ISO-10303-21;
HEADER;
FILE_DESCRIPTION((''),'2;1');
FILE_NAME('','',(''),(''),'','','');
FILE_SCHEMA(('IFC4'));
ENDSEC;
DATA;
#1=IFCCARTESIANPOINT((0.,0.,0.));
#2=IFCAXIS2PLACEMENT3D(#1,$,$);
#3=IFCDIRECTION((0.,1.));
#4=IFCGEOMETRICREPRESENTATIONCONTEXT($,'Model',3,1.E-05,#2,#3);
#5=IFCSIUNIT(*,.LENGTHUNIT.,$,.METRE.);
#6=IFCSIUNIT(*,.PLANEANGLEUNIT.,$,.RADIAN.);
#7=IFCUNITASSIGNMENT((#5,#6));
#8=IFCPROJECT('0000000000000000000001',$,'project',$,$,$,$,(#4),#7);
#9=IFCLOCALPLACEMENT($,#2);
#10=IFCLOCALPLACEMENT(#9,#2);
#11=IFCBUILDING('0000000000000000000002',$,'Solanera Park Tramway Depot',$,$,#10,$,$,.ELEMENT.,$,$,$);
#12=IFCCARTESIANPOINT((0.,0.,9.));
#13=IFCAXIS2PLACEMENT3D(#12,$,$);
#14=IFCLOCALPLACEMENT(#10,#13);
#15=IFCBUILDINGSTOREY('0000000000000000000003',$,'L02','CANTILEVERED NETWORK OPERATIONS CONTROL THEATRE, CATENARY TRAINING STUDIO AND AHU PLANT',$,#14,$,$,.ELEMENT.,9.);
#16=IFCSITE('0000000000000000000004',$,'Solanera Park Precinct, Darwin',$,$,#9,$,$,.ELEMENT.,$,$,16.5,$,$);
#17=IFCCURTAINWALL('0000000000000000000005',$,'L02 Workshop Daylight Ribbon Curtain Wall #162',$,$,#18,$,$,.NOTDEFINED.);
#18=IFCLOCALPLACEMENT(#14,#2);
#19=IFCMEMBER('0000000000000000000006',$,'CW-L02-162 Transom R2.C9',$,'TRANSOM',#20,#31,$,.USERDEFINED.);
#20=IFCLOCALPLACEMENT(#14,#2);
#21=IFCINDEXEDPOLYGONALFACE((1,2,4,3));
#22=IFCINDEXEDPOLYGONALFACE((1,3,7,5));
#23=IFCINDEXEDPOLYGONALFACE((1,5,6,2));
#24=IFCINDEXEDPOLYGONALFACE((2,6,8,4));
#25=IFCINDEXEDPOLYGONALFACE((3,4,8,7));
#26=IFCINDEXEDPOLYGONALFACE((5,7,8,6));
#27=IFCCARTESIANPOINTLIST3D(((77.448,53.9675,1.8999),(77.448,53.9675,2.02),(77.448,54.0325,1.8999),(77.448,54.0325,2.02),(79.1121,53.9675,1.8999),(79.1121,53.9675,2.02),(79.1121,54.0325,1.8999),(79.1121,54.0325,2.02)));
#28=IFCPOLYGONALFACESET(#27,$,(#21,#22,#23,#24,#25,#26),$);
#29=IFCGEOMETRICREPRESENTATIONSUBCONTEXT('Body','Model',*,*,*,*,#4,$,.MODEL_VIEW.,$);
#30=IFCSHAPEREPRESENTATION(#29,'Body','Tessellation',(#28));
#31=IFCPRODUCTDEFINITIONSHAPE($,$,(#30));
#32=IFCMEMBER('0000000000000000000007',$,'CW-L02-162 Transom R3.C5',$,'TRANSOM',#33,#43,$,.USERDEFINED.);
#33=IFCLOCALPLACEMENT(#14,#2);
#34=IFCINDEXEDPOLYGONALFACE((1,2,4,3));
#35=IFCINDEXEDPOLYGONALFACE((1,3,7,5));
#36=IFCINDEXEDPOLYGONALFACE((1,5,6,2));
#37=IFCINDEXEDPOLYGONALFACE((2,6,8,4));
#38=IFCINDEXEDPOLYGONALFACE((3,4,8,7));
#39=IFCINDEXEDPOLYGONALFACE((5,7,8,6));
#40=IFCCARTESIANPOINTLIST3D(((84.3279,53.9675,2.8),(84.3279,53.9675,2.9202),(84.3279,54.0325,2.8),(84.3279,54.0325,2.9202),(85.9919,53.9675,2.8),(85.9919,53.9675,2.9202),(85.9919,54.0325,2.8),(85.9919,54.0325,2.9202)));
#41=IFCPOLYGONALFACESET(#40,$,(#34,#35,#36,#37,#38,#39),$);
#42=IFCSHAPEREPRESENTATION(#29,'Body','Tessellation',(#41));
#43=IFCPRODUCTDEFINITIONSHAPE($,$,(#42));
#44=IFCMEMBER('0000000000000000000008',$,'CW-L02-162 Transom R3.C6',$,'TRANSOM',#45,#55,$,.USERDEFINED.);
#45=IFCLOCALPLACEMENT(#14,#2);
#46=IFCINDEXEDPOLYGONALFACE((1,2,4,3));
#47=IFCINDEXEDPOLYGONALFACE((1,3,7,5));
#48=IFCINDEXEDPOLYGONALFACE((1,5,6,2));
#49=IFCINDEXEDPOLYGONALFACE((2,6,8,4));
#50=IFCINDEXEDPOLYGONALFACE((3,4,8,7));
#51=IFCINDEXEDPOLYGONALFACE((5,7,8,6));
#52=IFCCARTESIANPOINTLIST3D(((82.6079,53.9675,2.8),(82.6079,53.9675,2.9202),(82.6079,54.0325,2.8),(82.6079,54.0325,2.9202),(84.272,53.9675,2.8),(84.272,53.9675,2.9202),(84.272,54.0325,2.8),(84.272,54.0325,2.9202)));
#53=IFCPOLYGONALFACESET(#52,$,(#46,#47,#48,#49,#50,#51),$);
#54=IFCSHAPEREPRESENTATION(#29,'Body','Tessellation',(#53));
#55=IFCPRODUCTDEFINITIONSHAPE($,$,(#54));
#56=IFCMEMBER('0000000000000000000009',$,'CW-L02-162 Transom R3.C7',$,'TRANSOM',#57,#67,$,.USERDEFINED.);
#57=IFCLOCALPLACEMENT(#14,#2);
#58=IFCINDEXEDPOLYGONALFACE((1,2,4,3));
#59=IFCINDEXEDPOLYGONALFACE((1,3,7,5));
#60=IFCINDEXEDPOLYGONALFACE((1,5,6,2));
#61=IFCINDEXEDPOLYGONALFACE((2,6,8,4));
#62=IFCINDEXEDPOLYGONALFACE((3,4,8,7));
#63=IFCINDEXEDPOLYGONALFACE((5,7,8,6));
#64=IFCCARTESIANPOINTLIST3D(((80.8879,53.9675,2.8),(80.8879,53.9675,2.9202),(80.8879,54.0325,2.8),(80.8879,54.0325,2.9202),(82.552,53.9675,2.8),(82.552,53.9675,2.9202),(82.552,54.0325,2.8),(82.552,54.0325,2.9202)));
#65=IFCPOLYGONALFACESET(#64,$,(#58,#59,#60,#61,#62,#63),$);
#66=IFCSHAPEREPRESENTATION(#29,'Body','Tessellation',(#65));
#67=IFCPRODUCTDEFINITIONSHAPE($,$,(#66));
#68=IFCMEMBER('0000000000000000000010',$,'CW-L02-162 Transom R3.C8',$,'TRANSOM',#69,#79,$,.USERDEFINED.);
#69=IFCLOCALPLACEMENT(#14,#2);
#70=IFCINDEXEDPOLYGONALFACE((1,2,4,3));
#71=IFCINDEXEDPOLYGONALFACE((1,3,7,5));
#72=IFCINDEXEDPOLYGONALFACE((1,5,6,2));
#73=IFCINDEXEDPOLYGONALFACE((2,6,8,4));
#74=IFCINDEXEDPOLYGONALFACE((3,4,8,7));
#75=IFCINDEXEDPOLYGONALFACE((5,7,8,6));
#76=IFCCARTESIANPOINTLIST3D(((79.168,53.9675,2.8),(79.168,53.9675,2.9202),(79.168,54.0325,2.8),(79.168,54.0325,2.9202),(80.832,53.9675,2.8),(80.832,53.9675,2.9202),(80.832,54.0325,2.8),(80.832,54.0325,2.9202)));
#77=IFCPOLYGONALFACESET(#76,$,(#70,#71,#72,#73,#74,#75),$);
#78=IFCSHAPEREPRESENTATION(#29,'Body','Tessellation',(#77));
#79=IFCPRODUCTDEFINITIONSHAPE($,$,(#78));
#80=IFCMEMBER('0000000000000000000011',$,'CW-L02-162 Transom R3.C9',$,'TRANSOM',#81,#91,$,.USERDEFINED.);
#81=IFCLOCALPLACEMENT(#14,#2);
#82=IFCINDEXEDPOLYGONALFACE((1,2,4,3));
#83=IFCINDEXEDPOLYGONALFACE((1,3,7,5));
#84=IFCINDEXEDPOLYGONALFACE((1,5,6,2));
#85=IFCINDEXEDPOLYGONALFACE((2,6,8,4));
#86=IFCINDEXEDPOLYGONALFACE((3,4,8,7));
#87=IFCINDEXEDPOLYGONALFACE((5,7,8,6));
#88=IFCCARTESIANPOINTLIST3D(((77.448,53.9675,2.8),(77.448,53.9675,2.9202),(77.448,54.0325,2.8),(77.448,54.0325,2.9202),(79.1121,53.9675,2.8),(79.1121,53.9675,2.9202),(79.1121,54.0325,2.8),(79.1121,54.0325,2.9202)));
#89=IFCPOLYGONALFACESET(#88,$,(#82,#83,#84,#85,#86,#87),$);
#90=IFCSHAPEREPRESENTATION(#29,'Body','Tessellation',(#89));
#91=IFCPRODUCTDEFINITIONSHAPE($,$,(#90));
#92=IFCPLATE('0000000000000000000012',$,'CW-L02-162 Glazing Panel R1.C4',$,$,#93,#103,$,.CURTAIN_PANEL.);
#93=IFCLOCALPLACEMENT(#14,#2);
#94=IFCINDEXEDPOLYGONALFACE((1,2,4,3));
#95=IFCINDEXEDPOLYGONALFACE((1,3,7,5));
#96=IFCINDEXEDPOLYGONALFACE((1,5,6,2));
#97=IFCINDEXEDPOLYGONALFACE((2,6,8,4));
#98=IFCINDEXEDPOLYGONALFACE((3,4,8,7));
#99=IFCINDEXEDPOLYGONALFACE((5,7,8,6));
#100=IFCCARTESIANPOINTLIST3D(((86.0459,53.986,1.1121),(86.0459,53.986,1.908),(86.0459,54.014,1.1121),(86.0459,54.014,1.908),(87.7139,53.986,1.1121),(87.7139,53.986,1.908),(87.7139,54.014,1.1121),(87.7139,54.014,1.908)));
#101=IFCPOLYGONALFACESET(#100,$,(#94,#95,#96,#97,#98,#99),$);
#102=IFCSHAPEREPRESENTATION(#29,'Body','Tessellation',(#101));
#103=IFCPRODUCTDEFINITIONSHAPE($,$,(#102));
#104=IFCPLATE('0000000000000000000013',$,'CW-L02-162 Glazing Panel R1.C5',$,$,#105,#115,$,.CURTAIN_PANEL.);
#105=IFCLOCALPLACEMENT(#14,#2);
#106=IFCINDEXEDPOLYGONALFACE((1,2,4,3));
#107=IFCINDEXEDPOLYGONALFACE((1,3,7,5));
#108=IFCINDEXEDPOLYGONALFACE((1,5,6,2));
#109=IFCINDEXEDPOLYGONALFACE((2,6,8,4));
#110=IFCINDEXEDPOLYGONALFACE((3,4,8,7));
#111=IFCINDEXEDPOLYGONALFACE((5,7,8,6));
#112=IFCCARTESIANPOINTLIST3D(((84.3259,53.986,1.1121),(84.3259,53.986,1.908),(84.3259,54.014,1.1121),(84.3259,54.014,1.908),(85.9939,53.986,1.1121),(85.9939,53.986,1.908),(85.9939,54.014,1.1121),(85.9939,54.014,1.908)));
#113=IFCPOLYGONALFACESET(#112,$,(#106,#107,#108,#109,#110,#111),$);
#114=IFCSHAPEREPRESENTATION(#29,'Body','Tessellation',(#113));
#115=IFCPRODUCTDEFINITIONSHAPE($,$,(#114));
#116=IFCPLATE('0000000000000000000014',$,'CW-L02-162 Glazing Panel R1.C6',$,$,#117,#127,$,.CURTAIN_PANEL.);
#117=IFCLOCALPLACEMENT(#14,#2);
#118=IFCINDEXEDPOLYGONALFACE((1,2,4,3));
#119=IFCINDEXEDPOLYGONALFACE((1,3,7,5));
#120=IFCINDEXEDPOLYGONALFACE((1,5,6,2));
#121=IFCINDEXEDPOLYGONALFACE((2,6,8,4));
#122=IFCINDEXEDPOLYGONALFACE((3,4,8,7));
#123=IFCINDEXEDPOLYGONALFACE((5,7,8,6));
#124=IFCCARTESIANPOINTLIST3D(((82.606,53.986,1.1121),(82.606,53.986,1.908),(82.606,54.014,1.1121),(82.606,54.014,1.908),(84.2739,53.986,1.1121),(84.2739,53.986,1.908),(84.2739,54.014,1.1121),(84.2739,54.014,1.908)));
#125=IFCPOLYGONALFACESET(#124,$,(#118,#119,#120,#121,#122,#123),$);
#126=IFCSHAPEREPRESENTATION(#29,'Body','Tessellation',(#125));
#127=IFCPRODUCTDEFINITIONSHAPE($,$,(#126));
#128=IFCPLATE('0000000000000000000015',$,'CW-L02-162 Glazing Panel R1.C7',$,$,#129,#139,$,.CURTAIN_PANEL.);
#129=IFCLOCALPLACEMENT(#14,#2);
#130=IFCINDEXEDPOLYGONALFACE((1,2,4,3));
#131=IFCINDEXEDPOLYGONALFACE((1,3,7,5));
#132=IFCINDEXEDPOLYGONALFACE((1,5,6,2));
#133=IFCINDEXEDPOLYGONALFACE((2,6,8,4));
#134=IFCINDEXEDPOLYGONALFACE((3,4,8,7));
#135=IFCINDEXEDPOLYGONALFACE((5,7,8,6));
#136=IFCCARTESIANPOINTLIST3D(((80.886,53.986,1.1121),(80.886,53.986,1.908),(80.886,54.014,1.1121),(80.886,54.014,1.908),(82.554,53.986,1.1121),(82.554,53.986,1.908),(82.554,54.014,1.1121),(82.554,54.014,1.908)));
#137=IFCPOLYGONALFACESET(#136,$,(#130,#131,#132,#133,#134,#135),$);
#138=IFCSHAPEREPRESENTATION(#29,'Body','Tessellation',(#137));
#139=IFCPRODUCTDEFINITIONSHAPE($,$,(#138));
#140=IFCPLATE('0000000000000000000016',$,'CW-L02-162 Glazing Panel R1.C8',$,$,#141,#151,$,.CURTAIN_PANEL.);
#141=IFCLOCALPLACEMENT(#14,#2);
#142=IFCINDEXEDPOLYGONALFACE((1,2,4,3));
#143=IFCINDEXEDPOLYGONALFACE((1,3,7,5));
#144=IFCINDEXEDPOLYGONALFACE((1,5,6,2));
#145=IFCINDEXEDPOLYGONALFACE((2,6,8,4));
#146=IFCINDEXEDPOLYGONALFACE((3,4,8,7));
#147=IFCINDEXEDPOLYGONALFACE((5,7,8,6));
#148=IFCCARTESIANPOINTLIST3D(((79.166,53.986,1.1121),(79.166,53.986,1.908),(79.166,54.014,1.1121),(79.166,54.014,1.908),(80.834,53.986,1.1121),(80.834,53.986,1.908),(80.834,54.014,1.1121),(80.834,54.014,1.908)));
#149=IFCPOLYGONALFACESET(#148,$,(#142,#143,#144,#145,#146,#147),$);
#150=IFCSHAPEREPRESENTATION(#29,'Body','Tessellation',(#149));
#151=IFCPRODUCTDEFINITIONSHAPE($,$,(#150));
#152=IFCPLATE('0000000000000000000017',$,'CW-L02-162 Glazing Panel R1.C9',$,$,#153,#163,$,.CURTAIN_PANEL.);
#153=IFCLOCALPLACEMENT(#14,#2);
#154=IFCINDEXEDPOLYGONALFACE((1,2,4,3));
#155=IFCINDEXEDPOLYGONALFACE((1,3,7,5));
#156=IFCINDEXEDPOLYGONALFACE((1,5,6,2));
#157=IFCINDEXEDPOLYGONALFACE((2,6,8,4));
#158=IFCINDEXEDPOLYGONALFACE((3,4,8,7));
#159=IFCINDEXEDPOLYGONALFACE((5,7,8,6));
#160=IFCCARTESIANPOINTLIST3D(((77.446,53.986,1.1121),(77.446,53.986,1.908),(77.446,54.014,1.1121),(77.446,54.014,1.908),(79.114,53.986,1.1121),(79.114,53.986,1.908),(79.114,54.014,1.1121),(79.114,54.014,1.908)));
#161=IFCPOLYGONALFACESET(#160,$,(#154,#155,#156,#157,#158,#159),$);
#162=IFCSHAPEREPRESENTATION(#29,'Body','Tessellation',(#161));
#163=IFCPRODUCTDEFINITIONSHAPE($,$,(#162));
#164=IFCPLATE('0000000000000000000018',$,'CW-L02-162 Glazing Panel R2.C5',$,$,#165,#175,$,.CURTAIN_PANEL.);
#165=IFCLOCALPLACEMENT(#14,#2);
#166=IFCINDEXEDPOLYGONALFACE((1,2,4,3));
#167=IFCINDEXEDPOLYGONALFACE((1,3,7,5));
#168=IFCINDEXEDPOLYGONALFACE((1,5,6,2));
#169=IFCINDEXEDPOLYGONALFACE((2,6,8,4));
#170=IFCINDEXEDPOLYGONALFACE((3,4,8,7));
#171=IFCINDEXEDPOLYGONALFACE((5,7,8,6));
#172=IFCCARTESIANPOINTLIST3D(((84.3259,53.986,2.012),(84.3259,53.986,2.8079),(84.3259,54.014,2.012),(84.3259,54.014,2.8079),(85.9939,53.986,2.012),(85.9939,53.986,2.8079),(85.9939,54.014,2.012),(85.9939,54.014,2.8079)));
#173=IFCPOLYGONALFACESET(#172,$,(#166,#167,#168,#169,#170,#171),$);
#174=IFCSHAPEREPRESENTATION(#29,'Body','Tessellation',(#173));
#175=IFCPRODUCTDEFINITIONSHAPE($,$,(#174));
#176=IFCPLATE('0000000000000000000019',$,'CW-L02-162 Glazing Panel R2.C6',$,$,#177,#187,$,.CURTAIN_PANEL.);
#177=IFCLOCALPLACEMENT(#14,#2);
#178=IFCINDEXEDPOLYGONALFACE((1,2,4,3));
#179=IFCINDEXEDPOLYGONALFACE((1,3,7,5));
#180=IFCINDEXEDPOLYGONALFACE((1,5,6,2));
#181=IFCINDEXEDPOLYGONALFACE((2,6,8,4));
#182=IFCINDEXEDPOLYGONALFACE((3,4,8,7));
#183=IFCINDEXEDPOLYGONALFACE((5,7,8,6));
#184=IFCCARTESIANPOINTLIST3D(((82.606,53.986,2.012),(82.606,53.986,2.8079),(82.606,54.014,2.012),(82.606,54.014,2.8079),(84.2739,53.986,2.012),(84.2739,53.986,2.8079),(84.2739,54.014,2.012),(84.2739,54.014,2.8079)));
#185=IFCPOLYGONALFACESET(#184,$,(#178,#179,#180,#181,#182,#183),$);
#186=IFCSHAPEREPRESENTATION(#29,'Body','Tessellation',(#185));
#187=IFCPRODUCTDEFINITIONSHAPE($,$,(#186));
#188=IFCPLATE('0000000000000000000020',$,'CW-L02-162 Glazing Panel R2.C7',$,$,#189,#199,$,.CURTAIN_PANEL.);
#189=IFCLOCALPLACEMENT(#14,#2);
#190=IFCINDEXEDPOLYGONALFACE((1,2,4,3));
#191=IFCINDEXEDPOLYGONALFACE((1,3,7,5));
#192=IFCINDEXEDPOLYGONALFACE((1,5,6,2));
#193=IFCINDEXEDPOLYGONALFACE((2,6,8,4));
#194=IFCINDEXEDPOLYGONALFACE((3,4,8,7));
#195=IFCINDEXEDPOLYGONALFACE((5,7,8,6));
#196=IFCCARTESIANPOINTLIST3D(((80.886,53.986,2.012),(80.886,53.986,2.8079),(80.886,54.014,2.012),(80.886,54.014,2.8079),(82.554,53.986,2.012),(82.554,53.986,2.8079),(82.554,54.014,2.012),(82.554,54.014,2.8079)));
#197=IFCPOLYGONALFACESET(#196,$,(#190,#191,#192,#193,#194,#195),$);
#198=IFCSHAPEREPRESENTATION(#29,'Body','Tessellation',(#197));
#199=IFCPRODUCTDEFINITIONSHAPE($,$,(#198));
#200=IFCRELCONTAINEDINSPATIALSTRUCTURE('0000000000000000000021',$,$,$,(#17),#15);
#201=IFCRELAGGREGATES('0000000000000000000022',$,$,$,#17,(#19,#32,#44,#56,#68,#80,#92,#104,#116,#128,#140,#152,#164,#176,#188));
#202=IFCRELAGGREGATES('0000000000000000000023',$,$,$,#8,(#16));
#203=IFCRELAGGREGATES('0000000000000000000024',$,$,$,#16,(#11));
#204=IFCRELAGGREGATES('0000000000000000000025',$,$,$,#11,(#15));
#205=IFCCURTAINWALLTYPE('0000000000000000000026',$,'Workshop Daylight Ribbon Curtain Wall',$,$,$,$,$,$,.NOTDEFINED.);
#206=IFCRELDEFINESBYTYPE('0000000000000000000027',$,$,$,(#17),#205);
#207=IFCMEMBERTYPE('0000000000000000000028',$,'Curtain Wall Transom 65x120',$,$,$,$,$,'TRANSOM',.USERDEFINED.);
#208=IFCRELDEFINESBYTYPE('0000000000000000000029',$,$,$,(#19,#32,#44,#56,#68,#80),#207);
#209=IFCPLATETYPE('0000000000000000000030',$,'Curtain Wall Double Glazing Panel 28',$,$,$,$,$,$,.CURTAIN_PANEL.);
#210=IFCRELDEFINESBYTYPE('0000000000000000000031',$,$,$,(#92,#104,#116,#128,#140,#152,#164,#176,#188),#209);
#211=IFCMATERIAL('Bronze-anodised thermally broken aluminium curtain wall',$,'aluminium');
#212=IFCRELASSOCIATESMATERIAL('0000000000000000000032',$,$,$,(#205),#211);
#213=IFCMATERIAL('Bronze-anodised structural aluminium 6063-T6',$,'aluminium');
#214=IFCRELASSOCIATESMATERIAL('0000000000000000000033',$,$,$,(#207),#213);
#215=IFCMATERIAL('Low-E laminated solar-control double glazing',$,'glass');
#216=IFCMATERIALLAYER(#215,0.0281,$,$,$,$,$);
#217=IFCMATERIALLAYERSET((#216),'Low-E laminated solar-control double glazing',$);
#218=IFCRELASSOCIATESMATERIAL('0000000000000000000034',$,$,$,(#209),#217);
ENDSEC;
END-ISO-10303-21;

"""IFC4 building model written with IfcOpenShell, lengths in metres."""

from ifc_helpers import new_model, si_unit, direction, frame, origin, origin_2d, place, context, subcontext, project, spatial, rectangle, extrude, material, layer, layer_set, material_profile, profile_set, type_object, element, aggregate, save


model = new_model("IFC4")

# Units and contexts
model_context = context("Model", 3, precision=1e-05, world=origin(), true_north=direction((0.0, 1.0)))
body_context = subcontext(model_context, "Body", "Model", "MODEL_VIEW")
ifc_project = project(units=[si_unit("LENGTHUNIT", "METRE"), si_unit("PLANEANGLEUNIT", "RADIAN")], contexts=[model_context])

# Site, building, storey
site_placement = place(None, origin())
site = spatial("IfcSite", under=ifc_project, at=site_placement, Name="Solanera Park Precinct, Darwin", CompositionType="ELEMENT", RefElevation=16.5)
building_placement = place(site_placement, origin())
building = spatial("IfcBuilding", under=site, at=building_placement, Name="Solanera Park Tramway Depot", CompositionType="ELEMENT")
storey_placement = place(building_placement, frame((0.0, 0.0, 9.0)))
storey = spatial("IfcBuildingStorey", under=building, at=storey_placement, Name="L02", Description="CANTILEVERED NETWORK OPERATIONS CONTROL THEATRE, CATENARY TRAINING STUDIO AND AHU PLANT", CompositionType="ELEMENT", Elevation=9.0)

# Curtain wall, members, plates
ifc_material_1 = material(Name="Bronze-anodised thermally broken aluminium curtain wall", Category="aluminium")
curtain_wall_type = type_object("IfcCurtainWallType", Name="Workshop Daylight Ribbon Curtain Wall", PredefinedType="NOTDEFINED", material=ifc_material_1)
curtain_wall_placement = place(storey_placement, origin())
curtain_wall = element("IfcCurtainWall", 1, at=curtain_wall_placement, inside=storey, type_object=curtain_wall_type, Name="L02 Workshop Daylight Ribbon Curtain Wall #162", PredefinedType="NOTDEFINED")
ifc_material_2 = material(Name="Bronze-anodised structural aluminium 6063-T6", Category="aluminium")
ifc_material_profile_1 = material_profile(ifc_material_2, rectangle(XDim=0.0649, YDim=0.1201, at=origin_2d()), Name="Curtain Wall Transom 65x120")
ifc_profile_set_1 = profile_set([ifc_material_profile_1], Name="Bronze-anodised structural aluminium 6063-T6")
member_type_1 = type_object("IfcMemberType", Name="Curtain Wall Transom 65x120", ElementType="TRANSOM", PredefinedType="USERDEFINED", material=ifc_profile_set_1)
member_1_placement = place(storey_placement, frame((79.1121, 54.0, 1.96), z_axis=(-1.0, 0.0, 0.0), x_axis=(0.0, -1.0, 0.0)))
member_1 = element("IfcMember", 2, at=member_1_placement, type_object=member_type_1, Name="CW-L02-162 Transom R2.C9", ObjectType="TRANSOM", PredefinedType="USERDEFINED", context=body_context, shape_type="SweptSolid", body=[
    extrude(rectangle(XDim=0.0649, YDim=0.1201, at=origin_2d()), origin(), (0.0, 0.0, 1.0), 1.6641),
])
member_2_placement = place(storey_placement, frame((85.9919, 54.0, 2.8601), z_axis=(-1.0, 0.0, 0.0), x_axis=(0.0, -1.0, 0.0)))
member_2 = element("IfcMember", 3, at=member_2_placement, type_object=member_type_1, Name="CW-L02-162 Transom R3.C5", ObjectType="TRANSOM", PredefinedType="USERDEFINED", context=body_context, shape_type="SweptSolid", body=[
    extrude(rectangle(XDim=0.0649, YDim=0.1201, at=origin_2d()), origin(), (0.0, 0.0, 1.0), 1.6641),
])
member_3_placement = place(storey_placement, frame((84.272, 54.0, 2.8601), z_axis=(-1.0, 0.0, 0.0), x_axis=(0.0, -1.0, 0.0)))
member_3 = element("IfcMember", 4, at=member_3_placement, type_object=member_type_1, Name="CW-L02-162 Transom R3.C6", ObjectType="TRANSOM", PredefinedType="USERDEFINED", context=body_context, shape_type="SweptSolid", body=[
    extrude(rectangle(XDim=0.0649, YDim=0.1201, at=origin_2d()), origin(), (0.0, 0.0, 1.0), 1.6641),
])
member_4_placement = place(storey_placement, frame((82.552, 54.0, 2.8601), z_axis=(-1.0, 0.0, 0.0), x_axis=(0.0, -1.0, 0.0)))
member_4 = element("IfcMember", 5, at=member_4_placement, type_object=member_type_1, Name="CW-L02-162 Transom R3.C7", ObjectType="TRANSOM", PredefinedType="USERDEFINED", context=body_context, shape_type="SweptSolid", body=[
    extrude(rectangle(XDim=0.0649, YDim=0.1201, at=origin_2d()), origin(), (0.0, 0.0, 1.0), 1.6641),
])
member_5_placement = place(storey_placement, frame((80.832, 54.0, 2.8601), z_axis=(-1.0, 0.0, 0.0), x_axis=(0.0, -1.0, 0.0)))
member_5 = element("IfcMember", 6, at=member_5_placement, type_object=member_type_1, Name="CW-L02-162 Transom R3.C8", ObjectType="TRANSOM", PredefinedType="USERDEFINED", context=body_context, shape_type="SweptSolid", body=[
    extrude(rectangle(XDim=0.0649, YDim=0.1201, at=origin_2d()), origin(), (0.0, 0.0, 1.0), 1.6641),
])
member_6_placement = place(storey_placement, frame((79.1121, 54.0, 2.8601), z_axis=(-1.0, 0.0, 0.0), x_axis=(0.0, -1.0, 0.0)))
member_6 = element("IfcMember", 7, at=member_6_placement, type_object=member_type_1, Name="CW-L02-162 Transom R3.C9", ObjectType="TRANSOM", PredefinedType="USERDEFINED", context=body_context, shape_type="SweptSolid", body=[
    extrude(rectangle(XDim=0.0649, YDim=0.1201, at=origin_2d()), origin(), (0.0, 0.0, 1.0), 1.6641),
])
ifc_material_3 = material(Name="Low-E laminated solar-control double glazing", Category="glass")
ifc_layer = layer(ifc_material_3, 0.0281)
ifc_layer_set = layer_set([ifc_layer], Name="Low-E laminated solar-control double glazing")
plate_type = type_object("IfcPlateType", Name="Curtain Wall Double Glazing Panel 28", PredefinedType="CURTAIN_PANEL", material=ifc_layer_set)
plate_1_placement = place(storey_placement, frame((86.8799, 54.0, 1.1121), z_axis=(0.0, 0.0, 1.0), x_axis=(-1.0, 0.0, 0.0)))
plate_1 = element("IfcPlate", 8, at=plate_1_placement, type_object=plate_type, Name="CW-L02-162 Glazing Panel R1.C4", PredefinedType="CURTAIN_PANEL", context=body_context, shape_type="SweptSolid", body=[
    extrude(rectangle(XDim=1.668, YDim=0.0281, at=origin_2d()), origin(), (0.0, 0.0, 1.0), 0.7959),
])
plate_2_placement = place(storey_placement, frame((85.1599, 54.0, 1.1121), z_axis=(0.0, 0.0, 1.0), x_axis=(-1.0, 0.0, 0.0)))
plate_2 = element("IfcPlate", 9, at=plate_2_placement, type_object=plate_type, Name="CW-L02-162 Glazing Panel R1.C5", PredefinedType="CURTAIN_PANEL", context=body_context, shape_type="SweptSolid", body=[
    extrude(rectangle(XDim=1.668, YDim=0.0281, at=origin_2d()), origin(), (0.0, 0.0, 1.0), 0.7959),
])
plate_3_placement = place(storey_placement, frame((83.4399, 54.0, 1.1121), z_axis=(0.0, 0.0, 1.0), x_axis=(-1.0, 0.0, 0.0)))
plate_3 = element("IfcPlate", 10, at=plate_3_placement, type_object=plate_type, Name="CW-L02-162 Glazing Panel R1.C6", PredefinedType="CURTAIN_PANEL", context=body_context, shape_type="SweptSolid", body=[
    extrude(rectangle(XDim=1.668, YDim=0.0281, at=origin_2d()), origin(), (0.0, 0.0, 1.0), 0.7959),
])
plate_4_placement = place(storey_placement, frame((81.72, 54.0, 1.1121), z_axis=(0.0, 0.0, 1.0), x_axis=(-1.0, 0.0, 0.0)))
plate_4 = element("IfcPlate", 11, at=plate_4_placement, type_object=plate_type, Name="CW-L02-162 Glazing Panel R1.C7", PredefinedType="CURTAIN_PANEL", context=body_context, shape_type="SweptSolid", body=[
    extrude(rectangle(XDim=1.668, YDim=0.0281, at=origin_2d()), origin(), (0.0, 0.0, 1.0), 0.7959),
])
plate_5_placement = place(storey_placement, frame((80.0, 54.0, 1.1121), z_axis=(0.0, 0.0, 1.0), x_axis=(-1.0, 0.0, 0.0)))
plate_5 = element("IfcPlate", 12, at=plate_5_placement, type_object=plate_type, Name="CW-L02-162 Glazing Panel R1.C8", PredefinedType="CURTAIN_PANEL", context=body_context, shape_type="SweptSolid", body=[
    extrude(rectangle(XDim=1.668, YDim=0.0281, at=origin_2d()), origin(), (0.0, 0.0, 1.0), 0.7959),
])
plate_6_placement = place(storey_placement, frame((78.28, 54.0, 1.1121), z_axis=(0.0, 0.0, 1.0), x_axis=(-1.0, 0.0, 0.0)))
plate_6 = element("IfcPlate", 13, at=plate_6_placement, type_object=plate_type, Name="CW-L02-162 Glazing Panel R1.C9", PredefinedType="CURTAIN_PANEL", context=body_context, shape_type="SweptSolid", body=[
    extrude(rectangle(XDim=1.668, YDim=0.0281, at=origin_2d()), origin(), (0.0, 0.0, 1.0), 0.7959),
])
plate_7_placement = place(storey_placement, frame((85.1599, 54.0, 2.012), z_axis=(0.0, 0.0, 1.0), x_axis=(-1.0, 0.0, 0.0)))
plate_7 = element("IfcPlate", 14, at=plate_7_placement, type_object=plate_type, Name="CW-L02-162 Glazing Panel R2.C5", PredefinedType="CURTAIN_PANEL", context=body_context, shape_type="SweptSolid", body=[
    extrude(rectangle(XDim=1.668, YDim=0.0281, at=origin_2d()), origin(), (0.0, 0.0, 1.0), 0.7959),
])
plate_8_placement = place(storey_placement, frame((83.4399, 54.0, 2.012), z_axis=(0.0, 0.0, 1.0), x_axis=(-1.0, 0.0, 0.0)))
plate_8 = element("IfcPlate", 15, at=plate_8_placement, type_object=plate_type, Name="CW-L02-162 Glazing Panel R2.C6", PredefinedType="CURTAIN_PANEL", context=body_context, shape_type="SweptSolid", body=[
    extrude(rectangle(XDim=1.668, YDim=0.0281, at=origin_2d()), origin(), (0.0, 0.0, 1.0), 0.7959),
])
plate_9_placement = place(storey_placement, frame((81.72, 54.0, 2.012), z_axis=(0.0, 0.0, 1.0), x_axis=(-1.0, 0.0, 0.0)))
plate_9 = element("IfcPlate", 16, at=plate_9_placement, type_object=plate_type, Name="CW-L02-162 Glazing Panel R2.C7", PredefinedType="CURTAIN_PANEL", context=body_context, shape_type="SweptSolid", body=[
    extrude(rectangle(XDim=1.668, YDim=0.0281, at=origin_2d()), origin(), (0.0, 0.0, 1.0), 0.7959),
])
aggregate(curtain_wall, [member_1, member_2, member_3, member_4, member_5, member_6, plate_1, plate_2, plate_3, plate_4, plate_5, plate_6, plate_7, plate_8, plate_9])

save(model, "model.ifc")
